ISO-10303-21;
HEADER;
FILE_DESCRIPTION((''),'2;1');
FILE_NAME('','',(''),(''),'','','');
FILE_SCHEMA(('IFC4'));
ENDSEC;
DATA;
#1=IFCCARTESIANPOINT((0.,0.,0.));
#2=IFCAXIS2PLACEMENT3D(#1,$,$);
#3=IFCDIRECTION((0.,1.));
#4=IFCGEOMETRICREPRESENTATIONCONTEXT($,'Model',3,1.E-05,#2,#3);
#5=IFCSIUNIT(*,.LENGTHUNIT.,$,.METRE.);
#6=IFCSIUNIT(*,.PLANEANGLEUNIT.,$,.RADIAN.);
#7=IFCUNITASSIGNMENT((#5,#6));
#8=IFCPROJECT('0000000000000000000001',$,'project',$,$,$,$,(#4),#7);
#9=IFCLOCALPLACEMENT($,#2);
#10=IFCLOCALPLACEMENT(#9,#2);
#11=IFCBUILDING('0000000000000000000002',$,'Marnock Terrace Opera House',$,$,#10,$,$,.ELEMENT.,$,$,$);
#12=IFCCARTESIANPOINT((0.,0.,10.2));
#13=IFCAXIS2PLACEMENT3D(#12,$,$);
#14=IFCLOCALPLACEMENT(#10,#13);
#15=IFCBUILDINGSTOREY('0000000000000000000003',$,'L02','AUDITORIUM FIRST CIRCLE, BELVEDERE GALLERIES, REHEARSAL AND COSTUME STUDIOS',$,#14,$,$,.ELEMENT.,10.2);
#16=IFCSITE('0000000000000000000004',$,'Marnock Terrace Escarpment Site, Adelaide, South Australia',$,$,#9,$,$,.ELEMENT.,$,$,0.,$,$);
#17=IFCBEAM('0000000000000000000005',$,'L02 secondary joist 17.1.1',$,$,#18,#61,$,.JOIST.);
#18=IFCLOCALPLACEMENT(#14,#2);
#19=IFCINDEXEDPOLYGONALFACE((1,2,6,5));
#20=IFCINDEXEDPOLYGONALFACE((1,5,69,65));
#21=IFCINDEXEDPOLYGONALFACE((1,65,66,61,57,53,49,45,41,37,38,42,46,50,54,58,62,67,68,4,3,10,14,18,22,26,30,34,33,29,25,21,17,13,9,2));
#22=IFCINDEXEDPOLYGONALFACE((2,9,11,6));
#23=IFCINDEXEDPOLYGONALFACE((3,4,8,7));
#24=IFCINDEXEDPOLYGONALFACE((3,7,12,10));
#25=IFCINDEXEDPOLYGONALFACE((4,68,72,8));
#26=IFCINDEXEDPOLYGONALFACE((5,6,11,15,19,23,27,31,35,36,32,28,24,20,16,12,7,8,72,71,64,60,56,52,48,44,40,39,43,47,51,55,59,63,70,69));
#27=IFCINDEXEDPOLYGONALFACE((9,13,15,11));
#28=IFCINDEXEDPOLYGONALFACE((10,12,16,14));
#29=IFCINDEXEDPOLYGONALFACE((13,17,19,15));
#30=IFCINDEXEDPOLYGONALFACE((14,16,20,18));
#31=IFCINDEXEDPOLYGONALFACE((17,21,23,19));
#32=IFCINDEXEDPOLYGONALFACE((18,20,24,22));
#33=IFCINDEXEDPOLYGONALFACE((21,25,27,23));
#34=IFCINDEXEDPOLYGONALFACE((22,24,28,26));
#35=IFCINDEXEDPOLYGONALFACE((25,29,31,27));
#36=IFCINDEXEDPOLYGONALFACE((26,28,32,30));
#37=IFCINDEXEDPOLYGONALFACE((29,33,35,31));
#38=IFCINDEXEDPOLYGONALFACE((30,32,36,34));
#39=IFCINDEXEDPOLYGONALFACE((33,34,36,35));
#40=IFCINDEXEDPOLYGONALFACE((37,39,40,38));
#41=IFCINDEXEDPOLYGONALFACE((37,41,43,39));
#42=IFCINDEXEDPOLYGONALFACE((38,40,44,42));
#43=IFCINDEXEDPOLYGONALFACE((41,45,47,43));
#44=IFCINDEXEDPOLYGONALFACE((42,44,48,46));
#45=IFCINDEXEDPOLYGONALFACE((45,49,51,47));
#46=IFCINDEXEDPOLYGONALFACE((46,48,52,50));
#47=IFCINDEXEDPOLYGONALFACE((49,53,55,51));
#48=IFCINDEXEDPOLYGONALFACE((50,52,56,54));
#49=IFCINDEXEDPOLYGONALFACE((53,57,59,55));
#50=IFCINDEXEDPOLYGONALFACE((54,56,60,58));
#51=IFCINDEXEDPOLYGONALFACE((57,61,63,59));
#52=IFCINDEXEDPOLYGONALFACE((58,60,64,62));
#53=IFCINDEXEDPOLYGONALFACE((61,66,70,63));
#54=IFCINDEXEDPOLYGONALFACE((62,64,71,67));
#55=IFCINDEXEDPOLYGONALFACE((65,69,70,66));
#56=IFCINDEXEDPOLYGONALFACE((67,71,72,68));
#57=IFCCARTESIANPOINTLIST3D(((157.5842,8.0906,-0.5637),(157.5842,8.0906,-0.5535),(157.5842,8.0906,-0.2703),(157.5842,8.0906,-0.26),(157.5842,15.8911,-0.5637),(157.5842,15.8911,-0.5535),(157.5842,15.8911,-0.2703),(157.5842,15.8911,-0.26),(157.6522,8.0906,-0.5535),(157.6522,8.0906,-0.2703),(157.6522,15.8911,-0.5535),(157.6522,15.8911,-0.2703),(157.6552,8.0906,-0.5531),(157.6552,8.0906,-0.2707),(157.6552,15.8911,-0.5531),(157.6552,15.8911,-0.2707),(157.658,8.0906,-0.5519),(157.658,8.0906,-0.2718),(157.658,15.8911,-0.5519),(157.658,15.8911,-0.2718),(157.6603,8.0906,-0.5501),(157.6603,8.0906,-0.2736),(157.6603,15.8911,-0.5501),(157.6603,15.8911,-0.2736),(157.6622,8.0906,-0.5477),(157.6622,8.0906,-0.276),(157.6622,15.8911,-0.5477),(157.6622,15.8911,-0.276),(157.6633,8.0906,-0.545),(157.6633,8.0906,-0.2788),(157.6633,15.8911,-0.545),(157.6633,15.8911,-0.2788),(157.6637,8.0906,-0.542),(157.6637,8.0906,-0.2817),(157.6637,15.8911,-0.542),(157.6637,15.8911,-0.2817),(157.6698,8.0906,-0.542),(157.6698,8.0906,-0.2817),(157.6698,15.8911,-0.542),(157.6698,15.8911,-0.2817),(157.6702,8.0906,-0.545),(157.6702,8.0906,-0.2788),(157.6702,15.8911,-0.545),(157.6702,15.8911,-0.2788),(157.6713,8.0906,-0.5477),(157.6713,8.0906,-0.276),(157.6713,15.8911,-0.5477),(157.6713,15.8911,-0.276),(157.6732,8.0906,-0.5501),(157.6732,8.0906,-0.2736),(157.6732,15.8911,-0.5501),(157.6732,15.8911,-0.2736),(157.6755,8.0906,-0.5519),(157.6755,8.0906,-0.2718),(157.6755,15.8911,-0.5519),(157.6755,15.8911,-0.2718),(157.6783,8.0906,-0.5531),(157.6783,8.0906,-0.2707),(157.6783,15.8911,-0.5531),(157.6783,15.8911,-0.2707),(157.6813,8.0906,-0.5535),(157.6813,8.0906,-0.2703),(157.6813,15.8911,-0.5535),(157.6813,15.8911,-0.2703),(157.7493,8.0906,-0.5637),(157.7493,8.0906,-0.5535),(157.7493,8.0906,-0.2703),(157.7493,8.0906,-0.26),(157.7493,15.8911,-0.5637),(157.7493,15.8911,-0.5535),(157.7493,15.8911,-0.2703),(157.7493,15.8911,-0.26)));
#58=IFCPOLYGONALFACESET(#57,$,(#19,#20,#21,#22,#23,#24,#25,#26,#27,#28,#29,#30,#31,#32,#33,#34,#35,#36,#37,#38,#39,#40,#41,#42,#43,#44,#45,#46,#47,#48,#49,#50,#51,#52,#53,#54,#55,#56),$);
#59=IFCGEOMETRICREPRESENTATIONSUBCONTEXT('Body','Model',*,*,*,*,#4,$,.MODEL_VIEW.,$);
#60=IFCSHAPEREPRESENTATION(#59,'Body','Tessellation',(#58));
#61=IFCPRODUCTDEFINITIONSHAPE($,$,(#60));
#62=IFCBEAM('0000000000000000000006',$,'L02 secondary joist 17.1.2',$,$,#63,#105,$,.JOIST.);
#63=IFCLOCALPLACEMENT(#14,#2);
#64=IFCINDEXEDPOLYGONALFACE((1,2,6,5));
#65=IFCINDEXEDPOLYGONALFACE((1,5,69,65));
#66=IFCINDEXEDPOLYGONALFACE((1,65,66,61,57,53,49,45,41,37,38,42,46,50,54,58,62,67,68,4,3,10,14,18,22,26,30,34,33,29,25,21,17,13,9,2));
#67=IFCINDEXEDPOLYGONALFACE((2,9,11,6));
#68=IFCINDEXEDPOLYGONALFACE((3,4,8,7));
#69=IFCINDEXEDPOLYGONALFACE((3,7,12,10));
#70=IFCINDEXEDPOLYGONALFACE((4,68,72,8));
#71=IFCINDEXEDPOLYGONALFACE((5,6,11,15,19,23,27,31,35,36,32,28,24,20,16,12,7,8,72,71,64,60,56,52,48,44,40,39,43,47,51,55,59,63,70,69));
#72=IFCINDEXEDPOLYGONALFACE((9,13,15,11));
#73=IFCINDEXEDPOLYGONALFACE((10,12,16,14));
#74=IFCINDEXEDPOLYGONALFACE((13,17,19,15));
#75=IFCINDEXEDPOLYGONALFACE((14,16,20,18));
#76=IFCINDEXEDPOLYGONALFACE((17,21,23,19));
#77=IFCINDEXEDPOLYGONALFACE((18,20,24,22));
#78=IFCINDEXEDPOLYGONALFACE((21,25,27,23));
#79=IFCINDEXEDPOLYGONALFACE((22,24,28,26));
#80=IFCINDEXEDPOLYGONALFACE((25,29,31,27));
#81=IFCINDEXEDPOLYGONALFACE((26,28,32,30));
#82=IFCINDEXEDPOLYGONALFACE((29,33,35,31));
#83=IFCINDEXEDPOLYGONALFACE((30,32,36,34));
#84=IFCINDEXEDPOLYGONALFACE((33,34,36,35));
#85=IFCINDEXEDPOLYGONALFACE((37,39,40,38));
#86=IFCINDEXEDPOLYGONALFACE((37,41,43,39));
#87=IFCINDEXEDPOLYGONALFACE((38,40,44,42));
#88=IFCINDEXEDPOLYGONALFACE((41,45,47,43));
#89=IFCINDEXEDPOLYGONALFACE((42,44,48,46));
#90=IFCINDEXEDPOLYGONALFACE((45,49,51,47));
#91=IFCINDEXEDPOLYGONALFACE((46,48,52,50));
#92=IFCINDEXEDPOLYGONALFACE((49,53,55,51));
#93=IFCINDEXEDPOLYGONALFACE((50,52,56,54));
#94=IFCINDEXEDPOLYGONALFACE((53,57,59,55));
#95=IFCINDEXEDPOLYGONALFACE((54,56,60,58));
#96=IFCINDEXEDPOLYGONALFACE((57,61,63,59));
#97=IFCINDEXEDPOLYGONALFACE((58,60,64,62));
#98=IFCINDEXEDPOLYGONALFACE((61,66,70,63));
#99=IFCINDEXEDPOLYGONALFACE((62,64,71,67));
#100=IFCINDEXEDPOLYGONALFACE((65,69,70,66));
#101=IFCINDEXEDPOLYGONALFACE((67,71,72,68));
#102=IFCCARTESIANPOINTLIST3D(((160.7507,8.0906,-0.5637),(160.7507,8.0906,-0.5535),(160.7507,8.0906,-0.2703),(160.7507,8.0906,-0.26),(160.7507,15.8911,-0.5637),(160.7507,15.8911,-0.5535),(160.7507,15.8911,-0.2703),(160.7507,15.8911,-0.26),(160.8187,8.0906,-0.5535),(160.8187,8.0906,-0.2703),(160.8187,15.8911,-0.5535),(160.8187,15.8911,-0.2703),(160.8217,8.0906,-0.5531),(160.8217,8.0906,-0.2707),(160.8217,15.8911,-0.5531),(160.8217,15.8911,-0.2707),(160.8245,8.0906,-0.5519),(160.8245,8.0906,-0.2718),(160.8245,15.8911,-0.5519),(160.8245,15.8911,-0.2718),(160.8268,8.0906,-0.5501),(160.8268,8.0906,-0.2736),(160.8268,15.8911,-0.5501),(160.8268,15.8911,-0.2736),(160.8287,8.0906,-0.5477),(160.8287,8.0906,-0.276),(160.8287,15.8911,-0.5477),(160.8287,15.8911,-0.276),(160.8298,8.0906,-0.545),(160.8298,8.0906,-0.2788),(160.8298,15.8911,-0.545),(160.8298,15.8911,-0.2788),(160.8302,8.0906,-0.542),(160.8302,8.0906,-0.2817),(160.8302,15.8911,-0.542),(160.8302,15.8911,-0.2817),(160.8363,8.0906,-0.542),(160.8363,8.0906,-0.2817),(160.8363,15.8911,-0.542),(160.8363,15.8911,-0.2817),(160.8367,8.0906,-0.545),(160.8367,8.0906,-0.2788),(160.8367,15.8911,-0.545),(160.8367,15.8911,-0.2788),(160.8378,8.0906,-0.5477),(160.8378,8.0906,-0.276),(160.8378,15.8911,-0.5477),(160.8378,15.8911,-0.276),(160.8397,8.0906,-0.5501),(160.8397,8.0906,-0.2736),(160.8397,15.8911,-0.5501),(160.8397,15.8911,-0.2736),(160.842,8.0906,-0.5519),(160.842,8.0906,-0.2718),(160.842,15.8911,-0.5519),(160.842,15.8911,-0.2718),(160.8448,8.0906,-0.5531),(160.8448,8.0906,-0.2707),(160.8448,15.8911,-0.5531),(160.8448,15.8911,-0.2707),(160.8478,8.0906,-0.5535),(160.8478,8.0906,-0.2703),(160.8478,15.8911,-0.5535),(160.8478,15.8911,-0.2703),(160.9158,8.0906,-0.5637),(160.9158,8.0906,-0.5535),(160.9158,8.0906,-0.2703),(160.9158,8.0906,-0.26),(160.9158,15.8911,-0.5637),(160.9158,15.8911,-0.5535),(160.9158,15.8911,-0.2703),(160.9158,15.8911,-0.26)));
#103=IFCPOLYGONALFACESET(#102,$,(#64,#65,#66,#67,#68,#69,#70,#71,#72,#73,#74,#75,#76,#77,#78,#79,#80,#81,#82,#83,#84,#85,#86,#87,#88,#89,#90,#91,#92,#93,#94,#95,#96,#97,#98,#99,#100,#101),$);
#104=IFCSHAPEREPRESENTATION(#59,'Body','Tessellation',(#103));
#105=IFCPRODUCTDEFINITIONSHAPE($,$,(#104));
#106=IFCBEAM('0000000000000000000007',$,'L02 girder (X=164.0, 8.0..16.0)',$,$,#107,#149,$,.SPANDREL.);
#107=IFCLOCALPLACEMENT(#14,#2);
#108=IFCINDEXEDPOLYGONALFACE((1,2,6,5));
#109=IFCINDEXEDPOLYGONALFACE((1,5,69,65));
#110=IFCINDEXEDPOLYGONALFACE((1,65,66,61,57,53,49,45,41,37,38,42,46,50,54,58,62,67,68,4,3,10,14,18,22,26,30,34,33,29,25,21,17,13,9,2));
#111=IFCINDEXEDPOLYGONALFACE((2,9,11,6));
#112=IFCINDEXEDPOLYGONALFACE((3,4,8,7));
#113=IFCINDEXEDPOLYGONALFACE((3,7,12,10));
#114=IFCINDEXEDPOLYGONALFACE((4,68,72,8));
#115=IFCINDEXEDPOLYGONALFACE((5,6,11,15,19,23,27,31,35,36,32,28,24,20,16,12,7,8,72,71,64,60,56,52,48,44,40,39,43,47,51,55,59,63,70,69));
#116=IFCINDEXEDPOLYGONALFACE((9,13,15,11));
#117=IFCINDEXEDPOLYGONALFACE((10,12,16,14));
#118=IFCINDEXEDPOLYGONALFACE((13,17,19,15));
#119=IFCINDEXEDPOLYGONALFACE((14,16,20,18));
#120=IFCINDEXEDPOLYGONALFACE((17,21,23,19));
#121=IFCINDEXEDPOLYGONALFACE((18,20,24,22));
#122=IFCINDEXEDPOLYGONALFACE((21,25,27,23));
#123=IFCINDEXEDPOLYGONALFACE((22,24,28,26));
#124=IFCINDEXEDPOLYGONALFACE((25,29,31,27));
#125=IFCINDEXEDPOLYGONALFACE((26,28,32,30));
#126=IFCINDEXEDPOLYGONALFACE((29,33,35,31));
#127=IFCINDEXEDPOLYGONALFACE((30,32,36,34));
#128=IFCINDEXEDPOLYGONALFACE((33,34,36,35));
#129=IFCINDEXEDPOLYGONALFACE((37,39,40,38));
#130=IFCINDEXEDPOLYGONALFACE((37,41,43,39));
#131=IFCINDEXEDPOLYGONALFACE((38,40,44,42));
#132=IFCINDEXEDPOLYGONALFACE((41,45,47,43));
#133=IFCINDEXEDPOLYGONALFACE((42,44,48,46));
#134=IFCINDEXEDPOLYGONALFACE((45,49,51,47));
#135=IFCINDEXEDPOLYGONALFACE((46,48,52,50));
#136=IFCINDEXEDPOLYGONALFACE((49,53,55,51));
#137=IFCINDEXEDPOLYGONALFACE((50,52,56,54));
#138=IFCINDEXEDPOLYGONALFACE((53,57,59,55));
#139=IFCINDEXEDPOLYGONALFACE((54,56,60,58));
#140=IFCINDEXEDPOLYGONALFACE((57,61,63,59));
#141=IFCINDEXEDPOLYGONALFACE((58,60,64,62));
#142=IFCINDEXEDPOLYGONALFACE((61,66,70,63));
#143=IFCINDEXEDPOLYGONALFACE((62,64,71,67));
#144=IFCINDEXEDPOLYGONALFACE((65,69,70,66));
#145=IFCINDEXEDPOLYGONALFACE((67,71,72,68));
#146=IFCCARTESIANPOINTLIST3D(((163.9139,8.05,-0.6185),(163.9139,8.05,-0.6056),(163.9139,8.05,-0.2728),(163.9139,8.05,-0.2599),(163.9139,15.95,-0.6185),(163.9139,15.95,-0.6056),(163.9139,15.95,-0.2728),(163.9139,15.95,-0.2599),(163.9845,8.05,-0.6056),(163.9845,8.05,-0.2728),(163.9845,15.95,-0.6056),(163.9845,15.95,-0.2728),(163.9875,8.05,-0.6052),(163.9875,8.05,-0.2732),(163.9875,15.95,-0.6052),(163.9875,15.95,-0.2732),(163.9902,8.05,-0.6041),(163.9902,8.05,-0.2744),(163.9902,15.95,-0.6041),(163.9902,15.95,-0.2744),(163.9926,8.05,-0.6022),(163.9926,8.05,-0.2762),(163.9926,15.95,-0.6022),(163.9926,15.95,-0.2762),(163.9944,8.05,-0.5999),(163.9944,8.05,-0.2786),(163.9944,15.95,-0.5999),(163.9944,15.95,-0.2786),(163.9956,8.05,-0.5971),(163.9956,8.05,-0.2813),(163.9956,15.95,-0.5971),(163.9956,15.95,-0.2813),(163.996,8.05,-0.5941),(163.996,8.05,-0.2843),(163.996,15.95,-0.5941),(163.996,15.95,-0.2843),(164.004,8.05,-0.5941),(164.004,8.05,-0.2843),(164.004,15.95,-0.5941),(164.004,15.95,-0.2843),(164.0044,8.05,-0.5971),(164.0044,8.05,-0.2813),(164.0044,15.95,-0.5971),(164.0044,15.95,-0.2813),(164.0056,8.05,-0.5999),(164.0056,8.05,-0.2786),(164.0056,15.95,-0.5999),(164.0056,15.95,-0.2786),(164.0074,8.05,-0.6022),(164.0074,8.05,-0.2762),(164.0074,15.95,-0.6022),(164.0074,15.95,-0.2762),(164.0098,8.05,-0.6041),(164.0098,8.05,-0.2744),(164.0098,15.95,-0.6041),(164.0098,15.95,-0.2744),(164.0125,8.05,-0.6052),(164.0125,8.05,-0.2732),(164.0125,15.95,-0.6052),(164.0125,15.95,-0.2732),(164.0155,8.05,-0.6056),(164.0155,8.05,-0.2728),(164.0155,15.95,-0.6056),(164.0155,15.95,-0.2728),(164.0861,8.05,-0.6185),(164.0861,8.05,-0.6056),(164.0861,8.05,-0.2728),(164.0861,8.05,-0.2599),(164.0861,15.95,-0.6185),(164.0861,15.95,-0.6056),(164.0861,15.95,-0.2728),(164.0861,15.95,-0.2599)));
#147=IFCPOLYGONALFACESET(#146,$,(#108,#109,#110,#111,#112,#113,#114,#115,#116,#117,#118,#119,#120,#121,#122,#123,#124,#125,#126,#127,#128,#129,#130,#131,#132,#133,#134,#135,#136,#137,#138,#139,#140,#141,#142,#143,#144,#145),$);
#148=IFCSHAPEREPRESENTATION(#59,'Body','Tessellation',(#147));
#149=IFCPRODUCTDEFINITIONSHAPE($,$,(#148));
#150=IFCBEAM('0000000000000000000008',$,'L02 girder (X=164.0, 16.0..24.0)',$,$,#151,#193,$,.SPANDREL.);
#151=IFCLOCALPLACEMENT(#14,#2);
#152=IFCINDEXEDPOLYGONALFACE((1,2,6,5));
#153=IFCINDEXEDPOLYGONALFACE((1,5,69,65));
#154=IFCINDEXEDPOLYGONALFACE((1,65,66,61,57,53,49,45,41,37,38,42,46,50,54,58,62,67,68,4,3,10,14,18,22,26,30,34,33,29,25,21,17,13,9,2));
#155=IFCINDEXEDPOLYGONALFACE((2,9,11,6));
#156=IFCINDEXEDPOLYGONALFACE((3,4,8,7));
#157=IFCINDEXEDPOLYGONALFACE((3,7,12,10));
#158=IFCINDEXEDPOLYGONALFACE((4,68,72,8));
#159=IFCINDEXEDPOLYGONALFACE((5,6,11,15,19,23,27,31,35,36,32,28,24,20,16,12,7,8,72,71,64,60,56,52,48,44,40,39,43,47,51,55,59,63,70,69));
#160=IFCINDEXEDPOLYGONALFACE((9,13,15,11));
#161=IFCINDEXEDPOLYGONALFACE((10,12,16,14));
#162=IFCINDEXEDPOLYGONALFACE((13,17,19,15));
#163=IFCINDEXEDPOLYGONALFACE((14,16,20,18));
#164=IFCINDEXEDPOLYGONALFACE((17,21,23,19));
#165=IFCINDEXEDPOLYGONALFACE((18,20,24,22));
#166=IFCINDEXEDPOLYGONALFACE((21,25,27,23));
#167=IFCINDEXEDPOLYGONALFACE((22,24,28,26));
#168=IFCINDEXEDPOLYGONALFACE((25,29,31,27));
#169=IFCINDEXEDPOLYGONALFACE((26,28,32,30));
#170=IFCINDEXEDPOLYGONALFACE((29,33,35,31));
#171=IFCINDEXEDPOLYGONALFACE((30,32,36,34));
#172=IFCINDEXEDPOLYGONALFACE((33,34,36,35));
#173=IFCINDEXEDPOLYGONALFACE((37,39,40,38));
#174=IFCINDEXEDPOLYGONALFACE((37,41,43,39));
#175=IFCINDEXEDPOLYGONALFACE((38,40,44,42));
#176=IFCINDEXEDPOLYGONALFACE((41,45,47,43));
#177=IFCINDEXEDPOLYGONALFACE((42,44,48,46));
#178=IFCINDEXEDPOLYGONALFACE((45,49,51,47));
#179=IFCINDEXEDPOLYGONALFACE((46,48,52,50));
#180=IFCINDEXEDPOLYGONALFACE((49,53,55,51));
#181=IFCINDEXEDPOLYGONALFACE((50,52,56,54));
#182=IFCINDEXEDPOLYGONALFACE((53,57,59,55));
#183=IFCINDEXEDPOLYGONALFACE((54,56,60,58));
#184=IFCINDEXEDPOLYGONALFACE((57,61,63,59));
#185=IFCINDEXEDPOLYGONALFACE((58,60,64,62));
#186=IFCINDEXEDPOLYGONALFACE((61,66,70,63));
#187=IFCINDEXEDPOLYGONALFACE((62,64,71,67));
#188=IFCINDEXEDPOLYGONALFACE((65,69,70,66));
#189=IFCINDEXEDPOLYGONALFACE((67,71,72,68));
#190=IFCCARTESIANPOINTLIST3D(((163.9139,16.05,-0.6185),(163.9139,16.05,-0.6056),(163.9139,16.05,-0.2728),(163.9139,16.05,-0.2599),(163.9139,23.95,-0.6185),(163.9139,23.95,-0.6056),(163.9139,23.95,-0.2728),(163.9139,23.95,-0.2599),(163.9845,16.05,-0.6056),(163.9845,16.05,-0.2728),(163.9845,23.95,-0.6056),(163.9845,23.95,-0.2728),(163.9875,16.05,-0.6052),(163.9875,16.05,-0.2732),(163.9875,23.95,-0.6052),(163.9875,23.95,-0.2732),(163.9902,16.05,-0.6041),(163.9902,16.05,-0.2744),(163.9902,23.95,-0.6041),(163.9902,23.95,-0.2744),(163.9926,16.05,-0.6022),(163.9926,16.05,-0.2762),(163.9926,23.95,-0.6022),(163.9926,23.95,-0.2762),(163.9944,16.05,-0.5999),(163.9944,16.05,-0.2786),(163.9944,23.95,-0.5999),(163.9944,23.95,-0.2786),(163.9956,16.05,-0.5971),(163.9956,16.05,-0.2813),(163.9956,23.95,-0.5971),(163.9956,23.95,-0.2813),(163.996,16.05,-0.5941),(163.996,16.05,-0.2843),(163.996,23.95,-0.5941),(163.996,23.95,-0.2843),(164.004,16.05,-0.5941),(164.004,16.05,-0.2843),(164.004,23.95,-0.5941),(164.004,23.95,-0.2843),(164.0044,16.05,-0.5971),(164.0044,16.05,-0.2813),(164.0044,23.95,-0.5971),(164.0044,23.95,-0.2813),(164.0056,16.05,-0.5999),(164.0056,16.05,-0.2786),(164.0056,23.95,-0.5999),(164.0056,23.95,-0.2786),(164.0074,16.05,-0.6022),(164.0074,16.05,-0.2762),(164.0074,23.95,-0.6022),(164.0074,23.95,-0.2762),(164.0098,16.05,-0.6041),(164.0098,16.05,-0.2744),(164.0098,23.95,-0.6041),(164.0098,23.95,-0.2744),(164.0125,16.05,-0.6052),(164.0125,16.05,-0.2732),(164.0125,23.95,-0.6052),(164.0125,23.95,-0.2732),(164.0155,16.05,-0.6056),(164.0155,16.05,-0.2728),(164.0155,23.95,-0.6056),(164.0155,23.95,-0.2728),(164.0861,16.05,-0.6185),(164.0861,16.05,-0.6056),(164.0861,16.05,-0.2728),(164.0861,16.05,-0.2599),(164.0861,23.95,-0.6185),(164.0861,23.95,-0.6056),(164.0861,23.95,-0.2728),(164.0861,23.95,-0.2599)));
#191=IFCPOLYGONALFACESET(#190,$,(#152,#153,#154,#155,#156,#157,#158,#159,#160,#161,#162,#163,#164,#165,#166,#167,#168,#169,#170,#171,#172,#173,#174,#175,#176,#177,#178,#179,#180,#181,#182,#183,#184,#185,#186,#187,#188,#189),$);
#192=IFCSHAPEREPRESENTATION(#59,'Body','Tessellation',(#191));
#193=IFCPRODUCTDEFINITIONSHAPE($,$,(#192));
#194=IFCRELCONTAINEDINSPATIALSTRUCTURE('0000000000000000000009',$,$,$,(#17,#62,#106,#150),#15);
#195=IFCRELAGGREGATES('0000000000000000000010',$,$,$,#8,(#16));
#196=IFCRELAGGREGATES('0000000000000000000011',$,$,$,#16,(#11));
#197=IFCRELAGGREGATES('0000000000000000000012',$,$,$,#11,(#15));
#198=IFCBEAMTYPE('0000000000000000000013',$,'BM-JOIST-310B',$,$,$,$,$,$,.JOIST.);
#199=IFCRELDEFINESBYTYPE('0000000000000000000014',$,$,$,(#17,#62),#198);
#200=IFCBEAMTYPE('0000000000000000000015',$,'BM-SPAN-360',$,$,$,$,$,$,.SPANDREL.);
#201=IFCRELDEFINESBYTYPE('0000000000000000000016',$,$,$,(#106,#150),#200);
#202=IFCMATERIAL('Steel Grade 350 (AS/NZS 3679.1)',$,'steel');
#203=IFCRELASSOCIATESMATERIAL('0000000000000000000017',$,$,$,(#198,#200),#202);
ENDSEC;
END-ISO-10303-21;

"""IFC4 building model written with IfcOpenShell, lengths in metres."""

from ifc_helpers import new_model, si_unit, direction, frame, origin, origin_2d, place, context, subcontext, project, spatial, i_section, extrude, material, material_profile, profile_set, type_object, element, save


model = new_model("IFC4")

# Units and contexts
model_context = context("Model", 3, precision=1e-05, world=origin(), true_north=direction((0.0, 1.0)))
body_context = subcontext(model_context, "Body", "Model", "MODEL_VIEW")
ifc_project = project(units=[si_unit("LENGTHUNIT", "METRE"), si_unit("PLANEANGLEUNIT", "RADIAN")], contexts=[model_context])

# Site, building, storey
site_placement = place(None, origin())
site = spatial("IfcSite", under=ifc_project, at=site_placement, Name="Marnock Terrace Escarpment Site, Adelaide, South Australia", CompositionType="ELEMENT", RefElevation=0.0)
building_placement = place(site_placement, origin())
building = spatial("IfcBuilding", under=site, at=building_placement, Name="Marnock Terrace Opera House", CompositionType="ELEMENT")
storey_placement = place(building_placement, frame((0.0, 0.0, 10.2)))
storey = spatial("IfcBuildingStorey", under=building, at=storey_placement, Name="L02", Description="AUDITORIUM FIRST CIRCLE, BELVEDERE GALLERIES, REHEARSAL AND COSTUME STUDIOS", CompositionType="ELEMENT", Elevation=10.2)

# Beams
ifc_material_1 = material(Name="Steel Grade 350 (AS/NZS 3679.1)", Category="steel")
ifc_material_profile_1 = material_profile(ifc_material_1, i_section(OverallWidth=0.165, OverallDepth=0.3037, WebThickness=0.0061, FlangeThickness=0.0103, FilletRadius=0.0115, at=origin_2d()))
ifc_profile_set_1 = profile_set([ifc_material_profile_1], Name="Steel Grade 350 (AS/NZS 3679.1)")
beam_type_1 = type_object("IfcBeamType", Name="BM-JOIST-310B", PredefinedType="JOIST", material=ifc_profile_set_1)
for number, where, z_axis, x_axis, name in (
    (1, (157.6667, 8.0906, -0.4119), (0.0, 1.0, 0.0), (-1.0, 0.0, 0.0), "L02 secondary joist 17.1.1"),
    (2, (160.8333, 8.0906, -0.4119), (0.0, 1.0, 0.0), (-1.0, 0.0, 0.0), "L02 secondary joist 17.1.2"),
):
    element("IfcBeam", number, at=place(storey_placement, frame(where, z_axis=z_axis, x_axis=x_axis)), inside=storey, type_object=beam_type_1, Name=name, PredefinedType="JOIST", context=body_context, shape_type="SweptSolid", body=[
        extrude(i_section(OverallWidth=0.165, OverallDepth=0.3037, WebThickness=0.0061, FlangeThickness=0.0103, FilletRadius=0.0115, at=origin_2d()), origin(), (0.0, 0.0, 1.0), 7.8005),
    ])
ifc_material_profile_2 = material_profile(ifc_material_1, i_section(OverallWidth=0.1721, OverallDepth=0.3586, WebThickness=0.0081, FlangeThickness=0.0129, FilletRadius=0.0115, at=origin_2d()))
ifc_profile_set_2 = profile_set([ifc_material_profile_2], Name="Steel Grade 350 (AS/NZS 3679.1)")
beam_type_2 = type_object("IfcBeamType", Name="BM-SPAN-360", PredefinedType="SPANDREL", material=ifc_profile_set_2)
for number, where, z_axis, x_axis, name in (
    (3, (164.0, 8.05, -0.4392), (0.0, 1.0, 0.0), (-1.0, 0.0, 0.0), "L02 girder (X=164.0, 8.0..16.0)"),
    (4, (164.0, 16.05, -0.4392), (0.0, 1.0, 0.0), (-1.0, 0.0, 0.0), "L02 girder (X=164.0, 16.0..24.0)"),
):
    element("IfcBeam", number, at=place(storey_placement, frame(where, z_axis=z_axis, x_axis=x_axis)), inside=storey, type_object=beam_type_2, Name=name, PredefinedType="SPANDREL", context=body_context, shape_type="SweptSolid", body=[
        extrude(i_section(OverallWidth=0.1721, OverallDepth=0.3586, WebThickness=0.0081, FlangeThickness=0.0129, FilletRadius=0.0115, at=origin_2d()), origin(), (0.0, 0.0, 1.0), 7.8999),
    ])

save(model, "model.ifc")
